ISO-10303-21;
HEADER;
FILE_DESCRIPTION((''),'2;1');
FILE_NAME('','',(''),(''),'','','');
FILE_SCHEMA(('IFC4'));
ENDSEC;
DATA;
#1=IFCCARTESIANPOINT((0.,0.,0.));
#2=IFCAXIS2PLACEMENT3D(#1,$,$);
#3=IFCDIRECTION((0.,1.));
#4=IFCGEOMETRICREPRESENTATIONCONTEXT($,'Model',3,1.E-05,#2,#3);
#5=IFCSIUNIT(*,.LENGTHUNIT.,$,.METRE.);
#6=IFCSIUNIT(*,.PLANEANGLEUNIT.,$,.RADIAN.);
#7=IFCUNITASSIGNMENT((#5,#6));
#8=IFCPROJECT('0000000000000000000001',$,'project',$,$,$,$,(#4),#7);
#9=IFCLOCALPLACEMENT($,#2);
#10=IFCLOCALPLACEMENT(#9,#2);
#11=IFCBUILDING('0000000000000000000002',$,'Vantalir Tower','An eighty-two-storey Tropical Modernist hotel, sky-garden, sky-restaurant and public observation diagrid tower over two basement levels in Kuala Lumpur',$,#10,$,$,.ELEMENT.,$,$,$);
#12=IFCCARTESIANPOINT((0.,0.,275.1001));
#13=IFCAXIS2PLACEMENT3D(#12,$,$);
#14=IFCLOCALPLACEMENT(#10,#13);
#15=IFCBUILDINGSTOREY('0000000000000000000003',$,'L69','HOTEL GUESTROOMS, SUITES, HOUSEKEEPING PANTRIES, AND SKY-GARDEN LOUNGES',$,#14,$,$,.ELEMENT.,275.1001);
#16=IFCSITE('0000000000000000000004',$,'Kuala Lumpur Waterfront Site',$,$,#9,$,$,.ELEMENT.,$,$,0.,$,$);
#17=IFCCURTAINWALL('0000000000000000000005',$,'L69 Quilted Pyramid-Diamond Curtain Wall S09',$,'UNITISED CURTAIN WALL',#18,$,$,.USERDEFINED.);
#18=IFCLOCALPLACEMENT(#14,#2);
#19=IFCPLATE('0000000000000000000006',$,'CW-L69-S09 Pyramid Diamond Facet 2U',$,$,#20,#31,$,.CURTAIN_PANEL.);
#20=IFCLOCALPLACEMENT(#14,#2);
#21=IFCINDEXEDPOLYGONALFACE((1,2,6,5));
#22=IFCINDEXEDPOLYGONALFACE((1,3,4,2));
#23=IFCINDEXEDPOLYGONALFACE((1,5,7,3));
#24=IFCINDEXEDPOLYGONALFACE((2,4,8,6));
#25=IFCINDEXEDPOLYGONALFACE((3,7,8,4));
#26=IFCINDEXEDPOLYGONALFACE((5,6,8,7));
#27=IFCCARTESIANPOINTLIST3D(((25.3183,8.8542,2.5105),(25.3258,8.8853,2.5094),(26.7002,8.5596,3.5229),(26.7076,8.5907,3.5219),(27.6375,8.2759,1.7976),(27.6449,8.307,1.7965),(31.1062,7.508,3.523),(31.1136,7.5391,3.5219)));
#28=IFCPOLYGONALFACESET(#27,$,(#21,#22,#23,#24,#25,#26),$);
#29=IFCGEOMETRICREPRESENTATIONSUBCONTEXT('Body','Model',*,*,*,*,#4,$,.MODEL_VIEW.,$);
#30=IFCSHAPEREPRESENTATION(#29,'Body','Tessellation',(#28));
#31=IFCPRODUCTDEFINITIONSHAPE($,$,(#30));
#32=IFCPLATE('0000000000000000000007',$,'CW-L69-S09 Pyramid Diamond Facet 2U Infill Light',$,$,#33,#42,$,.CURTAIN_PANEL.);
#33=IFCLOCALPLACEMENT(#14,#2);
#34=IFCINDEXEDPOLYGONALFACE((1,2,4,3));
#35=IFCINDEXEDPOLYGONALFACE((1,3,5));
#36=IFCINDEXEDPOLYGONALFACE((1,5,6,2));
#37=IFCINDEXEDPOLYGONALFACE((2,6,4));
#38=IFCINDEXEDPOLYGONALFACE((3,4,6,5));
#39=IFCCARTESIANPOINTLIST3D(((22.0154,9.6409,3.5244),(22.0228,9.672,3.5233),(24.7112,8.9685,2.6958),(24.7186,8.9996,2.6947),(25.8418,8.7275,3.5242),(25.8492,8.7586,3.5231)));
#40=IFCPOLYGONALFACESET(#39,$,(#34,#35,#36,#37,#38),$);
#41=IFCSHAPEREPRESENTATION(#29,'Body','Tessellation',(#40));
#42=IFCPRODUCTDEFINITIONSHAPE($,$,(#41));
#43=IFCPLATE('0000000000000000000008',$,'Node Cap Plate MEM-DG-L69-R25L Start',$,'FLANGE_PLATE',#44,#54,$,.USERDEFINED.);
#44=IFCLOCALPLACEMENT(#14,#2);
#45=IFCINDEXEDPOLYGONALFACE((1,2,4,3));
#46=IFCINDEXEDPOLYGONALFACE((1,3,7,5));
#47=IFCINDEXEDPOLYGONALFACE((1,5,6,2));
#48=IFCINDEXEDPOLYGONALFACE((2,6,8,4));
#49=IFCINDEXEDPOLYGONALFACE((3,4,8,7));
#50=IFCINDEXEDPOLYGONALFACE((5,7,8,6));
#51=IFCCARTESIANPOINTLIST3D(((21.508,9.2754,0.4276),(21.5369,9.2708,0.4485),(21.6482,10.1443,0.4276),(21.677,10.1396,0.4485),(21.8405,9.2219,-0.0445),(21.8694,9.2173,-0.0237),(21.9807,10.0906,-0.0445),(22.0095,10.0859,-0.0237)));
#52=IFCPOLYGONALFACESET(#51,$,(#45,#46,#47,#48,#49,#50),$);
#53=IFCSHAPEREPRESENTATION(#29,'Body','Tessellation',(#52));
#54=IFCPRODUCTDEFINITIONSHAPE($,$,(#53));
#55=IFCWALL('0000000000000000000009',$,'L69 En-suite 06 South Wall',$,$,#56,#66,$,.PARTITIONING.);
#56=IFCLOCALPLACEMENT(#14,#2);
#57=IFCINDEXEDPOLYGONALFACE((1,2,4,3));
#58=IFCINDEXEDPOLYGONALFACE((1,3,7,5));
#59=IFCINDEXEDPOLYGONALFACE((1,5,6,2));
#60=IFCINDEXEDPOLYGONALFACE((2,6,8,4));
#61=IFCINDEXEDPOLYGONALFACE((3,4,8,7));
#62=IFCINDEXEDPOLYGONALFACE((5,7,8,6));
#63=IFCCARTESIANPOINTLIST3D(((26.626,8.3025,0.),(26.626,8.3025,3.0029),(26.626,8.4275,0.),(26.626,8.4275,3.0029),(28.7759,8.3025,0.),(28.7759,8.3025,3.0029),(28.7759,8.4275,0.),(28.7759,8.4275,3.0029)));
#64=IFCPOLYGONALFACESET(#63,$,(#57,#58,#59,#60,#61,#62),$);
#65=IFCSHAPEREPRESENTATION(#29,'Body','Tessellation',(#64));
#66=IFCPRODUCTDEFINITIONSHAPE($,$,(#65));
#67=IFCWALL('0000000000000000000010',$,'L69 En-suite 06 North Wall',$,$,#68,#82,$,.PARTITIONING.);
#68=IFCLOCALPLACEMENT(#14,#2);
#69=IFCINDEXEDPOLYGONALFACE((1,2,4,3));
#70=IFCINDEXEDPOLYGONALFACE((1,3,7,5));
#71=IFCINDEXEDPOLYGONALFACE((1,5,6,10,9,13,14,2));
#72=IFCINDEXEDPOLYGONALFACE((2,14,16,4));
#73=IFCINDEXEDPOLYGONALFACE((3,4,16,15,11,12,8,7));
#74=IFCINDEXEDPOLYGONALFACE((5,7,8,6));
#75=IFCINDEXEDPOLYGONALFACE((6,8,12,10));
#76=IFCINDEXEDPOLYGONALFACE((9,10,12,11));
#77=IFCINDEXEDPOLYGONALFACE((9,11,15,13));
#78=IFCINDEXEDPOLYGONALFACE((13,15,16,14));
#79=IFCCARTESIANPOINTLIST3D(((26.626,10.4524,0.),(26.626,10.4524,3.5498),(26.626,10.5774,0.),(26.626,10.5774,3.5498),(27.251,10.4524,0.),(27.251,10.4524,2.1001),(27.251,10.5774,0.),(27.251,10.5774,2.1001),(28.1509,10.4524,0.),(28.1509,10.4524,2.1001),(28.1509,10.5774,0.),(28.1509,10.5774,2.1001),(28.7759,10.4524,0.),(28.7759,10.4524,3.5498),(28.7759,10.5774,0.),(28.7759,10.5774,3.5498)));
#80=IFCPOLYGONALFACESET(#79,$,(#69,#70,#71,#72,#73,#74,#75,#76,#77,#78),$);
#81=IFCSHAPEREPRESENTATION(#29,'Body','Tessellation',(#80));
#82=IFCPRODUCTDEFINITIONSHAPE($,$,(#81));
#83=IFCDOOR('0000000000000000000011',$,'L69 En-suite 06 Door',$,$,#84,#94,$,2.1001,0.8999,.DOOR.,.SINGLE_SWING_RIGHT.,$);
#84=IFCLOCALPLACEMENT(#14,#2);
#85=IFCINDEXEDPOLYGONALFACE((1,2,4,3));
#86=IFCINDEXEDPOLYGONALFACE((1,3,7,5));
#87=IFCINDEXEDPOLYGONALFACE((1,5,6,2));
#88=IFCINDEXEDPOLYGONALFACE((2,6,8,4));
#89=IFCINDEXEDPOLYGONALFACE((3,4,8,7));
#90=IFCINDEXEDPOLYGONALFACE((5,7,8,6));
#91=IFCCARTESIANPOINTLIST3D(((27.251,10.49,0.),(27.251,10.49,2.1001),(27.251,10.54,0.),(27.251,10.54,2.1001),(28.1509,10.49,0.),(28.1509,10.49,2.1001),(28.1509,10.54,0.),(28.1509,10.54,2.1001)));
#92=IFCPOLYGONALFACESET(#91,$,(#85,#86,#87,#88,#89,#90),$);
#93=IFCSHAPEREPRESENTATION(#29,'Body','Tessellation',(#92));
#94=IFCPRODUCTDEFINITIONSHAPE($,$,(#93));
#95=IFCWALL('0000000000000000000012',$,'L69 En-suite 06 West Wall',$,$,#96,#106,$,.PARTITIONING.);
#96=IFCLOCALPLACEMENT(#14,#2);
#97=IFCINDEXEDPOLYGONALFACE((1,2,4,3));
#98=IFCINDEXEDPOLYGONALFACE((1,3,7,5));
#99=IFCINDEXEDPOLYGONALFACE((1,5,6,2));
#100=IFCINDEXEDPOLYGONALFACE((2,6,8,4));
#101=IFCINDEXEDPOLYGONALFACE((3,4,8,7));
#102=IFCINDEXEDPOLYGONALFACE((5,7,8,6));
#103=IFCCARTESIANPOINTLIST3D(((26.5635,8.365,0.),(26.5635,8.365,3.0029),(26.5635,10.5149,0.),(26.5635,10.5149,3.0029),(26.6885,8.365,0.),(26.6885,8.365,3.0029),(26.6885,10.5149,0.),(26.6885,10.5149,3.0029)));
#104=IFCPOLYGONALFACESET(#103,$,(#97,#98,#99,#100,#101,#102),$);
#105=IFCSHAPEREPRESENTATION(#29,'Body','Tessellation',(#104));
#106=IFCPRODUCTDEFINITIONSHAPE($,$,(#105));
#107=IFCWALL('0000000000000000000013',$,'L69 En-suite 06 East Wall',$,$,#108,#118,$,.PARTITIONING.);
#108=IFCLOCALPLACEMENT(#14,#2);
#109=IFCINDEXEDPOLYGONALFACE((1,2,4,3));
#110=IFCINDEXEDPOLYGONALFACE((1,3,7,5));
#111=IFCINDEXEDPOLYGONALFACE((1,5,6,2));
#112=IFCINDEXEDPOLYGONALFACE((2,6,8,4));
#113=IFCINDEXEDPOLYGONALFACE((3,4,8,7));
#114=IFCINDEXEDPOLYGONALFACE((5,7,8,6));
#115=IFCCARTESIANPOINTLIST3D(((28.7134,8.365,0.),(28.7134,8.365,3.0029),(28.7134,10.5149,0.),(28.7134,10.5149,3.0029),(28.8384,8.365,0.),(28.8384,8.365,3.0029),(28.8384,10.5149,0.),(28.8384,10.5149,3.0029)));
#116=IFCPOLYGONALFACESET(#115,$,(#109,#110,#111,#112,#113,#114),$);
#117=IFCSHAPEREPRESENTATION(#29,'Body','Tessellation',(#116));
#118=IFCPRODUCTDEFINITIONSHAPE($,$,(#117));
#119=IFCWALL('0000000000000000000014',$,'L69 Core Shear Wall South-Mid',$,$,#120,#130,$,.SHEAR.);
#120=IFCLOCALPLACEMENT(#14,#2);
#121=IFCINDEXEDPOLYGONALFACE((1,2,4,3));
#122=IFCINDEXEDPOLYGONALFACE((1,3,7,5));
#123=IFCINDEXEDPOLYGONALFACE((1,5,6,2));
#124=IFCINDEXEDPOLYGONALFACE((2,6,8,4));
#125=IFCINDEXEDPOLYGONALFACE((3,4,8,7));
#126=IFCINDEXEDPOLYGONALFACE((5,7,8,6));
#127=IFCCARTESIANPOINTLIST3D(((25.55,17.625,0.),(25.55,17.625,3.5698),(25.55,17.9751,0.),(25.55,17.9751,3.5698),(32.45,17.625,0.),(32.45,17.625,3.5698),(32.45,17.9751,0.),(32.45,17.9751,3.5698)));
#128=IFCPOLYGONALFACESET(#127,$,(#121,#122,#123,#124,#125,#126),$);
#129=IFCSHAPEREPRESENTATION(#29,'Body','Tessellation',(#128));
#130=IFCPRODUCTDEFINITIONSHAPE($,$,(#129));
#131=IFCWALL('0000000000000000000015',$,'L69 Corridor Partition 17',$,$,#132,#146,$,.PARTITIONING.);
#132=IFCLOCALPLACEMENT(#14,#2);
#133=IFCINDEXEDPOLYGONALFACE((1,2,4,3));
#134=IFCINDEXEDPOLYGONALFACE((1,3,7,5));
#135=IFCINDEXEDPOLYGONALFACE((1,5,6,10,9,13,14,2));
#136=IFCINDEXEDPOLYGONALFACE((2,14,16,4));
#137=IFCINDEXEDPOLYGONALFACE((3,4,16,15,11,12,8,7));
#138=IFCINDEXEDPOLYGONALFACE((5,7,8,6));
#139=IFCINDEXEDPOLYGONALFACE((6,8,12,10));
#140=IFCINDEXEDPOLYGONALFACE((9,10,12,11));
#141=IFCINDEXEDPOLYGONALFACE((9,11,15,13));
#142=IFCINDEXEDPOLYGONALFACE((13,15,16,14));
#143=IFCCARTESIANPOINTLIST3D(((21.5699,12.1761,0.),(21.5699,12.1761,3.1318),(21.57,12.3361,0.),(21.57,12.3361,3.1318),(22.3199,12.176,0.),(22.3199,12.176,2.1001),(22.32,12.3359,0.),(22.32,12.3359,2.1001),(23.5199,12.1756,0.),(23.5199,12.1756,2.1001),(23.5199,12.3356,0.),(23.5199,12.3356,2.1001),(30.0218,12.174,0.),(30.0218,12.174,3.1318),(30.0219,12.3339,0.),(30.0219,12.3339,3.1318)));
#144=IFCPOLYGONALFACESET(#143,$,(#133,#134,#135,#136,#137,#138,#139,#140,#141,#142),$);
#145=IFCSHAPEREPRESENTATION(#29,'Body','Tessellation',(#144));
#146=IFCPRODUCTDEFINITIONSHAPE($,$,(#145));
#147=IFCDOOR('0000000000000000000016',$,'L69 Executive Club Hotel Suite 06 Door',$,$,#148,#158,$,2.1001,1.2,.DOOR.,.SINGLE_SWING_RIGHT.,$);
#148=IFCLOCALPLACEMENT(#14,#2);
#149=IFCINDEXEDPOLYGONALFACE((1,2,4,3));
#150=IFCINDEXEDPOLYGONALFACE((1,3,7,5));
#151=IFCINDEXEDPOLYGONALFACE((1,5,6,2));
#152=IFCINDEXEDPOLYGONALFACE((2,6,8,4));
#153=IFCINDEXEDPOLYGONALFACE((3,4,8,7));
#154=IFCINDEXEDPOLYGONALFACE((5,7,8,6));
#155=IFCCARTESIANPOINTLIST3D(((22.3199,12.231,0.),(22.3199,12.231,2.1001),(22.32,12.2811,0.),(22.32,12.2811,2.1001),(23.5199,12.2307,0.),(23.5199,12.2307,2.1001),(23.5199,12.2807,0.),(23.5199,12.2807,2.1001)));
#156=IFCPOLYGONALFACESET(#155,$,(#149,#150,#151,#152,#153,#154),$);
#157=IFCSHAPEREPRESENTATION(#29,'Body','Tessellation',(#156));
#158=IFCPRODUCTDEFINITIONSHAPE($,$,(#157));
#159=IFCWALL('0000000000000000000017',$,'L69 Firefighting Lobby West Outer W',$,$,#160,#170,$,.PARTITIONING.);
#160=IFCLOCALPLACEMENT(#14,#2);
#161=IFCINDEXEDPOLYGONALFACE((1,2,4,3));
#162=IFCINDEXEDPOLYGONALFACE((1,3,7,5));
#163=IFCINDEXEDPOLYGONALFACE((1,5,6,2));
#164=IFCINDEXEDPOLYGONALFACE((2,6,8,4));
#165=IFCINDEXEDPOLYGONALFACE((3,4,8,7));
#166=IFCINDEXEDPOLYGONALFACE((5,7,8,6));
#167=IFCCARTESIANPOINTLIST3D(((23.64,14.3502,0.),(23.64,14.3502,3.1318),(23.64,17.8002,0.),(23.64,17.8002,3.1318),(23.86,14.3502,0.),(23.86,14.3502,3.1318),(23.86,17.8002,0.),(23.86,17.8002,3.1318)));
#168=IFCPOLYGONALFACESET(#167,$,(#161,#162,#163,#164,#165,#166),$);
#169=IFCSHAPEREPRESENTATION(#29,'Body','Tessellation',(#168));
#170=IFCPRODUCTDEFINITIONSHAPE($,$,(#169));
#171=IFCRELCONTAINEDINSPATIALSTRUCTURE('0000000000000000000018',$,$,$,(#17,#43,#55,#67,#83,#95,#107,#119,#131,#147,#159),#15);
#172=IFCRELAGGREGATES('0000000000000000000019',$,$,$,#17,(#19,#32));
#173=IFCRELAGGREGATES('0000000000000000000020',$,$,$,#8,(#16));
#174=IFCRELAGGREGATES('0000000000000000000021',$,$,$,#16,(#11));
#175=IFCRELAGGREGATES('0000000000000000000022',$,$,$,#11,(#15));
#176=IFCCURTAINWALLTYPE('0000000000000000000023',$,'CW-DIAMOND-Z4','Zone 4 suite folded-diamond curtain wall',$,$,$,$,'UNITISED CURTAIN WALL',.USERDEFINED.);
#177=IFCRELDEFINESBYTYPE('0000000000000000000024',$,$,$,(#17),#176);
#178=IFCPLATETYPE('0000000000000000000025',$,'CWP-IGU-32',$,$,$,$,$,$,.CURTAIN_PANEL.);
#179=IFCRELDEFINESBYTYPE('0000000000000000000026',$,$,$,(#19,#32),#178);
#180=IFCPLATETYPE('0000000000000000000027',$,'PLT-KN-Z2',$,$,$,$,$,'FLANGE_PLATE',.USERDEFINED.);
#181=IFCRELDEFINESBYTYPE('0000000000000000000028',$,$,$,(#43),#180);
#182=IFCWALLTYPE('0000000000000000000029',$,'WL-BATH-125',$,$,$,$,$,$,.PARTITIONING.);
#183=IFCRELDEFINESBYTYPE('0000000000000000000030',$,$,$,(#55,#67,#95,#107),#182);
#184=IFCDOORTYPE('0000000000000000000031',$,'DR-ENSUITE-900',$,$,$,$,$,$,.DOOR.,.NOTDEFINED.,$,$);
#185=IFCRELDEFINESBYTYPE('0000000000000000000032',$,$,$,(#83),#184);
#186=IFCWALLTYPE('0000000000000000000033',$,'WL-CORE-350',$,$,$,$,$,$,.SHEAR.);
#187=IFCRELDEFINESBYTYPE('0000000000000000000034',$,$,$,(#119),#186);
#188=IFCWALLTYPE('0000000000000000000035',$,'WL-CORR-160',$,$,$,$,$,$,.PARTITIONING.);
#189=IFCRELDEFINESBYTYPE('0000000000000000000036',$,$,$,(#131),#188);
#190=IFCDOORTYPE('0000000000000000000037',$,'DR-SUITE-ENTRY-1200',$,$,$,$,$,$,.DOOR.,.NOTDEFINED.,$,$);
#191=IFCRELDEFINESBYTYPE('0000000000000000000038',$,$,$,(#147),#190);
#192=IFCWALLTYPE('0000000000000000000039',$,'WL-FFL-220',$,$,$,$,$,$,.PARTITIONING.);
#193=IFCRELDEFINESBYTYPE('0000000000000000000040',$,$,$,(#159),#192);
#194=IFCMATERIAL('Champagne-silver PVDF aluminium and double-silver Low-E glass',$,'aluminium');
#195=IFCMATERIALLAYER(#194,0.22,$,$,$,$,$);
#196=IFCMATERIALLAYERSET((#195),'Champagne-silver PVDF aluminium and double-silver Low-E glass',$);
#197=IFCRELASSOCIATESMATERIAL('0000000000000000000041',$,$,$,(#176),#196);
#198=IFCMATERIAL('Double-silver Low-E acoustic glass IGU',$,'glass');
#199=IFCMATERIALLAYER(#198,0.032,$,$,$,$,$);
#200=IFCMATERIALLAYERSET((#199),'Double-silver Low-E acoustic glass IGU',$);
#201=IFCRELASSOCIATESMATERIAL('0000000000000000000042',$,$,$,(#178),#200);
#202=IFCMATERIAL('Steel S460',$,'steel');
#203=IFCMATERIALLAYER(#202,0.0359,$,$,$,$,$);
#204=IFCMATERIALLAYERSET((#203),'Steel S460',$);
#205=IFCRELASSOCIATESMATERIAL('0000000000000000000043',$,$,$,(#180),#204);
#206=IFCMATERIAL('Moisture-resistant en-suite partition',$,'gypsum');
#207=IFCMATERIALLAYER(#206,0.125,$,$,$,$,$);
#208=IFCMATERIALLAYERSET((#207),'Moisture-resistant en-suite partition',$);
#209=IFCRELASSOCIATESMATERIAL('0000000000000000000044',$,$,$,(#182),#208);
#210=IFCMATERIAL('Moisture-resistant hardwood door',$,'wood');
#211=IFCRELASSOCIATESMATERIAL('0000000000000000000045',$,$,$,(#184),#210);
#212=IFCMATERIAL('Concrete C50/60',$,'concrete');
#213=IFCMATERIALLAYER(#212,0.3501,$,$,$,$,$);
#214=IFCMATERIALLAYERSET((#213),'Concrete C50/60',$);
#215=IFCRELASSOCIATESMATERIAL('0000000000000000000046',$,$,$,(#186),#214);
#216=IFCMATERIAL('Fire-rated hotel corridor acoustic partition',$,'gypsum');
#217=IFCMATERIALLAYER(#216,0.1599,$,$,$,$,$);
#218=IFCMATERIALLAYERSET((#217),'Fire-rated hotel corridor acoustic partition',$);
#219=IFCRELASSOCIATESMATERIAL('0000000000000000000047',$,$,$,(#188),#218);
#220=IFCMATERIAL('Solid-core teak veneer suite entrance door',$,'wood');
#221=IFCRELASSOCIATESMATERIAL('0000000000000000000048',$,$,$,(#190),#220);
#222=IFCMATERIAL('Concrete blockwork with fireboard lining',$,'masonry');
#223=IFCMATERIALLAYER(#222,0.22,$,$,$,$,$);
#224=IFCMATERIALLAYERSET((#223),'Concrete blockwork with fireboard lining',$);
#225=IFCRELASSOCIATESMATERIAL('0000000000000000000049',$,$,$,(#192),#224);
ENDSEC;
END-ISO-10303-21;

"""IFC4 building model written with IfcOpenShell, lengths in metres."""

from ifc_helpers import new_model, si_unit, direction, frame, frame_2d, origin, place, context, subcontext, project, spatial, polyline, rectangle, outline, extrude, material, layer, layer_set, type_object, element, fill, aggregate, save


model = new_model("IFC4")

# Units and contexts
model_context = context("Model", 3, precision=1e-05, world=origin(), true_north=direction((0.0, 1.0)))
body_context = subcontext(model_context, "Body", "Model", "MODEL_VIEW")
ifc_project = project(units=[si_unit("LENGTHUNIT", "METRE"), si_unit("PLANEANGLEUNIT", "RADIAN")], contexts=[model_context])

# Site, building, storey
site_placement = place(None, origin())
site = spatial("IfcSite", under=ifc_project, at=site_placement, Name="Kuala Lumpur Waterfront Site", CompositionType="ELEMENT", RefElevation=0.0)
building_placement = place(site_placement, origin())
building = spatial("IfcBuilding", under=site, at=building_placement, Name="Vantalir Tower", Description="An eighty-two-storey Tropical Modernist hotel, sky-garden, sky-restaurant and public observation diagrid tower over two basement levels in Kuala Lumpur", CompositionType="ELEMENT")
storey_placement = place(building_placement, frame((0.0, 0.0, 275.1001)))
storey = spatial("IfcBuildingStorey", under=building, at=storey_placement, Name="L69", Description="HOTEL GUESTROOMS, SUITES, HOUSEKEEPING PANTRIES, AND SKY-GARDEN LOUNGES", CompositionType="ELEMENT", Elevation=275.1001)

# Shared definitions
ifc_material_1 = material(Name="Concrete C50/60", Category="concrete")

# Curtain wall
ifc_material_2 = material(Name="Champagne-silver PVDF aluminium and double-silver Low-E glass", Category="aluminium")
ifc_layer_1 = layer(ifc_material_2, 0.22)
ifc_layer_set_1 = layer_set([ifc_layer_1], Name="Champagne-silver PVDF aluminium and double-silver Low-E glass")
curtain_wall_type = type_object("IfcCurtainWallType", Name="CW-DIAMOND-Z4", Description="Zone 4 suite folded-diamond curtain wall", ElementType="UNITISED CURTAIN WALL", PredefinedType="USERDEFINED", material=ifc_layer_set_1)
curtain_wall_placement = place(storey_placement, origin())
curtain_wall = element("IfcCurtainWall", 1, at=curtain_wall_placement, inside=storey, type_object=curtain_wall_type, Name="L69 Quilted Pyramid-Diamond Curtain Wall S09", ObjectType="UNITISED CURTAIN WALL", PredefinedType="USERDEFINED")

# Shared definitions
ifc_material_3 = material(Name="Steel S460", Category="steel")

# Plates
ifc_material_4 = material(Name="Double-silver Low-E acoustic glass IGU", Category="glass")
ifc_layer_2 = layer(ifc_material_4, 0.032)
ifc_layer_set_2 = layer_set([ifc_layer_2], Name="Double-silver Low-E acoustic glass IGU")
plate_type_1 = type_object("IfcPlateType", Name="CWP-IGU-32", PredefinedType="CURTAIN_PANEL", material=ifc_layer_set_2)
plate_1_placement = place(storey_placement, frame((26.7002, 8.5596, 3.5229), z_axis=(-0.232019, -0.972124, 0.033803), x_axis=(0.97268, -0.232152, 0.000001)))
plate_1 = element("IfcPlate", 2, at=plate_1_placement, type_object=plate_type_1, Name="CW-L69-S09 Pyramid Diamond Facet 2U", PredefinedType="CURTAIN_PANEL", context=body_context, shape_type="SweptSolid", body=[
    extrude(outline(polyline([(0.0, 0.0), (4.5297, 0.0), (0.9775, -1.7263), (-1.4125, -1.013), (0.0, 0.0)])), origin(), (0.0, 0.0, -1.0), 0.032),
])
plate_2_placement = place(storey_placement, frame((22.0154, 9.6409, 3.5244), z_axis=(-0.232033, -0.972117, 0.033913), x_axis=(0.972676, -0.232169, -0.000062)))
plate_2 = element("IfcPlate", 3, at=plate_2_placement, type_object=plate_type_1, Name="CW-L69-S09 Pyramid Diamond Facet 2U Infill Light", PredefinedType="CURTAIN_PANEL", context=body_context, shape_type="SweptSolid", body=[
    extrude(outline(polyline([(0.0, 0.0), (3.9339, 0.0), (2.7783, -0.8289), (0.0, 0.0)])), origin(), (0.0, 0.0, -1.0), 0.032),
])
aggregate(curtain_wall, [plate_1, plate_2])
ifc_layer_3 = layer(ifc_material_3, 0.0359)
ifc_layer_set_3 = layer_set([ifc_layer_3], Name="Steel S460")
plate_type_2 = type_object("IfcPlateType", Name="PLT-KN-Z2", ElementType="FLANGE_PLATE", PredefinedType="USERDEFINED", material=ifc_layer_set_3)
plate_3_placement = place(storey_placement, frame((21.8694, 9.2173, -0.0237), z_axis=(0.803714, -0.129642, 0.580721), x_axis=(0.159253, 0.987238, -0.00001)))
element("IfcPlate", 4, at=plate_3_placement, inside=storey, type_object=plate_type_2, Name="Node Cap Plate MEM-DG-L69-R25L Start", ObjectType="FLANGE_PLATE", PredefinedType="USERDEFINED", context=body_context, shape_type="SweptSolid", body=[
    extrude(outline(polyline([(0.0, 0.0), (0.8799, 0.0), (0.8799, 0.58), (-0.0002, 0.58), (0.0, 0.0)])), origin(), (0.0, 0.0, -1.0), 0.0359),
])

# Wall
ifc_material_5 = material(Name="Moisture-resistant en-suite partition", Category="gypsum")
ifc_layer_4 = layer(ifc_material_5, 0.125)
ifc_layer_set_4 = layer_set([ifc_layer_4], Name="Moisture-resistant en-suite partition")
wall_type_1 = type_object("IfcWallType", Name="WL-BATH-125", PredefinedType="PARTITIONING", material=ifc_layer_set_4)
wall_1_placement = place(storey_placement, frame((26.626, 8.365, 0.0), z_axis=(0.0, 0.0, 1.0), x_axis=(1.0, 0.0, 0.0)))
element("IfcWall", 5, at=wall_1_placement, inside=storey, type_object=wall_type_1, Name="L69 En-suite 06 South Wall", PredefinedType="PARTITIONING", context=body_context, shape_type="SweptSolid", body=[
    extrude(rectangle(XDim=2.1499, YDim=0.125, at=frame_2d((1.075, 0.0))), origin(), (0.0, 0.0, 1.0), 3.0029),
])

# Wall, opening, door
wall_2_placement = place(storey_placement, frame((26.626, 10.5149, 0.0), z_axis=(0.0, 0.0, 1.0), x_axis=(1.0, 0.0, 0.0)))
wall_2 = element("IfcWall", 6, at=wall_2_placement, inside=storey, type_object=wall_type_1, Name="L69 En-suite 06 North Wall", PredefinedType="PARTITIONING", context=body_context, shape_type="SweptSolid", body=[
    extrude(rectangle(XDim=2.1499, YDim=0.125, at=frame_2d((1.075, 0.0))), origin(), (0.0, 0.0, 1.0), 3.5498),
])
opening_1_placement = place(wall_2_placement, frame((0.625, 0.0, 0.0)))
opening_1 = element("IfcOpeningElement", 7, at=opening_1_placement, cuts=wall_2, PredefinedType="OPENING", context=body_context, shape_type="SweptSolid", body=[
    extrude(rectangle(XDim=0.8999, YDim=2.1001, at=frame_2d((0.45, 1.05))), frame((0.0, 0.0725, 0.0), z_axis=(0.0, -1.0, 0.0), x_axis=(1.0, 0.0, 0.0)), (0.0, 0.0, 1.0), 0.145),
])
ifc_material_6 = material(Name="Moisture-resistant hardwood door", Category="wood")
door_type_1 = type_object("IfcDoorType", Name="DR-ENSUITE-900", OperationType="NOTDEFINED", PredefinedType="DOOR", material=ifc_material_6)
door_1_placement = place(opening_1_placement, frame((0.8999, 0.0, 0.0), z_axis=(0.0, 0.0, 1.0), x_axis=(-1.0, 0.0, 0.0)))
door_1 = element("IfcDoor", 8, at=door_1_placement, inside=storey, type_object=door_type_1, Name="L69 En-suite 06 Door", OperationType="SINGLE_SWING_RIGHT", OverallHeight=2.1001, OverallWidth=0.8999, PredefinedType="DOOR", context=body_context, shape_type="SweptSolid", body=[
    extrude(rectangle(XDim=0.8999, YDim=2.1001, at=frame_2d((0.45, 1.05))), frame((0.0, 0.0249, 0.0), z_axis=(0.0, -1.0, 0.0), x_axis=(1.0, 0.0, 0.0)), (0.0, 0.0, 1.0), 0.05),
])
fill(opening_1, door_1)

# Walls
for number, where, z_axis, x_axis, name in (
    (9, (26.626, 8.365, 0.0), (0.0, 0.0, 1.0), (0.0, 1.0, 0.0), "L69 En-suite 06 West Wall"),
    (10, (28.7759, 8.365, 0.0), (0.0, 0.0, 1.0), (0.0, 1.0, 0.0), "L69 En-suite 06 East Wall"),
):
    element("IfcWall", number, at=place(storey_placement, frame(where, z_axis=z_axis, x_axis=x_axis)), inside=storey, type_object=wall_type_1, Name=name, PredefinedType="PARTITIONING", context=body_context, shape_type="SweptSolid", body=[
        extrude(rectangle(XDim=2.1499, YDim=0.125, at=frame_2d((1.075, 0.0))), origin(), (0.0, 0.0, 1.0), 3.0029),
    ])
ifc_layer_5 = layer(ifc_material_1, 0.3501)
ifc_layer_set_5 = layer_set([ifc_layer_5], Name="Concrete C50/60")
wall_type_2 = type_object("IfcWallType", Name="WL-CORE-350", PredefinedType="SHEAR", material=ifc_layer_set_5)
wall_3_placement = place(storey_placement, frame((25.55, 17.8, 0.0), z_axis=(0.0, 0.0, 1.0), x_axis=(1.0, 0.0, 0.0)))
element("IfcWall", 11, at=wall_3_placement, inside=storey, type_object=wall_type_2, Name="L69 Core Shear Wall South-Mid", PredefinedType="SHEAR", context=body_context, shape_type="SweptSolid", body=[
    extrude(rectangle(XDim=6.8999, YDim=0.3501, at=frame_2d((3.45, 0.0))), origin(), (0.0, 0.0, 1.0), 3.5698),
])

# Wall, opening, door
ifc_material_7 = material(Name="Fire-rated hotel corridor acoustic partition", Category="gypsum")
ifc_layer_6 = layer(ifc_material_7, 0.1599)
ifc_layer_set_6 = layer_set([ifc_layer_6], Name="Fire-rated hotel corridor acoustic partition")
wall_type_3 = type_object("IfcWallType", Name="WL-CORR-160", PredefinedType="PARTITIONING", material=ifc_layer_set_6)
wall_4_placement = place(storey_placement, frame((30.022, 12.2539, 0.0), z_axis=(0.0, 0.0, 1.0), x_axis=(-1.0, 0.00026, 0.0)))
wall_4 = element("IfcWall", 12, at=wall_4_placement, inside=storey, type_object=wall_type_3, Name="L69 Corridor Partition 17", PredefinedType="PARTITIONING", context=body_context, shape_type="SweptSolid", body=[
    extrude(rectangle(XDim=8.4519, YDim=0.1599, at=frame_2d((4.2261, 0.0))), origin(), (0.0, 0.0, 1.0), 3.1318),
])
opening_2_placement = place(wall_4_placement, frame((6.502, 0.0, 0.0)))
opening_2 = element("IfcOpeningElement", 13, at=opening_2_placement, cuts=wall_4, PredefinedType="OPENING", context=body_context, shape_type="SweptSolid", body=[
    extrude(rectangle(XDim=1.2, YDim=2.1001, at=frame_2d((0.6001, 1.05))), frame((0.0, 0.0898, 0.0), z_axis=(0.0, -1.0, 0.0), x_axis=(1.0, 0.0, 0.0)), (0.0, 0.0, 1.0), 0.1799),
])
ifc_material_8 = material(Name="Solid-core teak veneer suite entrance door", Category="wood")
door_type_2 = type_object("IfcDoorType", Name="DR-SUITE-ENTRY-1200", OperationType="NOTDEFINED", PredefinedType="DOOR", material=ifc_material_8)
door_2_placement = place(opening_2_placement, origin())
door_2 = element("IfcDoor", 14, at=door_2_placement, inside=storey, type_object=door_type_2, Name="L69 Executive Club Hotel Suite 06 Door", OperationType="SINGLE_SWING_RIGHT", OverallHeight=2.1001, OverallWidth=1.2, PredefinedType="DOOR", context=body_context, shape_type="SweptSolid", body=[
    extrude(rectangle(XDim=1.2, YDim=2.1001, at=frame_2d((0.6001, 1.05))), frame((0.0, 0.0249, 0.0), z_axis=(0.0, -1.0, 0.0), x_axis=(1.0, 0.0, 0.0)), (0.0, 0.0, 1.0), 0.05),
])
fill(opening_2, door_2)

# Wall
ifc_material_9 = material(Name="Concrete blockwork with fireboard lining", Category="masonry")
ifc_layer_7 = layer(ifc_material_9, 0.22)
ifc_layer_set_7 = layer_set([ifc_layer_7], Name="Concrete blockwork with fireboard lining")
wall_type_4 = type_object("IfcWallType", Name="WL-FFL-220", PredefinedType="PARTITIONING", material=ifc_layer_set_7)
wall_5_placement = place(storey_placement, frame((23.75, 14.3501, 0.0), z_axis=(0.0, 0.0, 1.0), x_axis=(0.0, 1.0, 0.0)))
element("IfcWall", 15, at=wall_5_placement, inside=storey, type_object=wall_type_4, Name="L69 Firefighting Lobby West Outer W", PredefinedType="PARTITIONING", context=body_context, shape_type="SweptSolid", body=[
    extrude(rectangle(XDim=3.45, YDim=0.22, at=frame_2d((1.7251, 0.0))), origin(), (0.0, 0.0, 1.0), 3.1318),
])

save(model, "model.ifc")
